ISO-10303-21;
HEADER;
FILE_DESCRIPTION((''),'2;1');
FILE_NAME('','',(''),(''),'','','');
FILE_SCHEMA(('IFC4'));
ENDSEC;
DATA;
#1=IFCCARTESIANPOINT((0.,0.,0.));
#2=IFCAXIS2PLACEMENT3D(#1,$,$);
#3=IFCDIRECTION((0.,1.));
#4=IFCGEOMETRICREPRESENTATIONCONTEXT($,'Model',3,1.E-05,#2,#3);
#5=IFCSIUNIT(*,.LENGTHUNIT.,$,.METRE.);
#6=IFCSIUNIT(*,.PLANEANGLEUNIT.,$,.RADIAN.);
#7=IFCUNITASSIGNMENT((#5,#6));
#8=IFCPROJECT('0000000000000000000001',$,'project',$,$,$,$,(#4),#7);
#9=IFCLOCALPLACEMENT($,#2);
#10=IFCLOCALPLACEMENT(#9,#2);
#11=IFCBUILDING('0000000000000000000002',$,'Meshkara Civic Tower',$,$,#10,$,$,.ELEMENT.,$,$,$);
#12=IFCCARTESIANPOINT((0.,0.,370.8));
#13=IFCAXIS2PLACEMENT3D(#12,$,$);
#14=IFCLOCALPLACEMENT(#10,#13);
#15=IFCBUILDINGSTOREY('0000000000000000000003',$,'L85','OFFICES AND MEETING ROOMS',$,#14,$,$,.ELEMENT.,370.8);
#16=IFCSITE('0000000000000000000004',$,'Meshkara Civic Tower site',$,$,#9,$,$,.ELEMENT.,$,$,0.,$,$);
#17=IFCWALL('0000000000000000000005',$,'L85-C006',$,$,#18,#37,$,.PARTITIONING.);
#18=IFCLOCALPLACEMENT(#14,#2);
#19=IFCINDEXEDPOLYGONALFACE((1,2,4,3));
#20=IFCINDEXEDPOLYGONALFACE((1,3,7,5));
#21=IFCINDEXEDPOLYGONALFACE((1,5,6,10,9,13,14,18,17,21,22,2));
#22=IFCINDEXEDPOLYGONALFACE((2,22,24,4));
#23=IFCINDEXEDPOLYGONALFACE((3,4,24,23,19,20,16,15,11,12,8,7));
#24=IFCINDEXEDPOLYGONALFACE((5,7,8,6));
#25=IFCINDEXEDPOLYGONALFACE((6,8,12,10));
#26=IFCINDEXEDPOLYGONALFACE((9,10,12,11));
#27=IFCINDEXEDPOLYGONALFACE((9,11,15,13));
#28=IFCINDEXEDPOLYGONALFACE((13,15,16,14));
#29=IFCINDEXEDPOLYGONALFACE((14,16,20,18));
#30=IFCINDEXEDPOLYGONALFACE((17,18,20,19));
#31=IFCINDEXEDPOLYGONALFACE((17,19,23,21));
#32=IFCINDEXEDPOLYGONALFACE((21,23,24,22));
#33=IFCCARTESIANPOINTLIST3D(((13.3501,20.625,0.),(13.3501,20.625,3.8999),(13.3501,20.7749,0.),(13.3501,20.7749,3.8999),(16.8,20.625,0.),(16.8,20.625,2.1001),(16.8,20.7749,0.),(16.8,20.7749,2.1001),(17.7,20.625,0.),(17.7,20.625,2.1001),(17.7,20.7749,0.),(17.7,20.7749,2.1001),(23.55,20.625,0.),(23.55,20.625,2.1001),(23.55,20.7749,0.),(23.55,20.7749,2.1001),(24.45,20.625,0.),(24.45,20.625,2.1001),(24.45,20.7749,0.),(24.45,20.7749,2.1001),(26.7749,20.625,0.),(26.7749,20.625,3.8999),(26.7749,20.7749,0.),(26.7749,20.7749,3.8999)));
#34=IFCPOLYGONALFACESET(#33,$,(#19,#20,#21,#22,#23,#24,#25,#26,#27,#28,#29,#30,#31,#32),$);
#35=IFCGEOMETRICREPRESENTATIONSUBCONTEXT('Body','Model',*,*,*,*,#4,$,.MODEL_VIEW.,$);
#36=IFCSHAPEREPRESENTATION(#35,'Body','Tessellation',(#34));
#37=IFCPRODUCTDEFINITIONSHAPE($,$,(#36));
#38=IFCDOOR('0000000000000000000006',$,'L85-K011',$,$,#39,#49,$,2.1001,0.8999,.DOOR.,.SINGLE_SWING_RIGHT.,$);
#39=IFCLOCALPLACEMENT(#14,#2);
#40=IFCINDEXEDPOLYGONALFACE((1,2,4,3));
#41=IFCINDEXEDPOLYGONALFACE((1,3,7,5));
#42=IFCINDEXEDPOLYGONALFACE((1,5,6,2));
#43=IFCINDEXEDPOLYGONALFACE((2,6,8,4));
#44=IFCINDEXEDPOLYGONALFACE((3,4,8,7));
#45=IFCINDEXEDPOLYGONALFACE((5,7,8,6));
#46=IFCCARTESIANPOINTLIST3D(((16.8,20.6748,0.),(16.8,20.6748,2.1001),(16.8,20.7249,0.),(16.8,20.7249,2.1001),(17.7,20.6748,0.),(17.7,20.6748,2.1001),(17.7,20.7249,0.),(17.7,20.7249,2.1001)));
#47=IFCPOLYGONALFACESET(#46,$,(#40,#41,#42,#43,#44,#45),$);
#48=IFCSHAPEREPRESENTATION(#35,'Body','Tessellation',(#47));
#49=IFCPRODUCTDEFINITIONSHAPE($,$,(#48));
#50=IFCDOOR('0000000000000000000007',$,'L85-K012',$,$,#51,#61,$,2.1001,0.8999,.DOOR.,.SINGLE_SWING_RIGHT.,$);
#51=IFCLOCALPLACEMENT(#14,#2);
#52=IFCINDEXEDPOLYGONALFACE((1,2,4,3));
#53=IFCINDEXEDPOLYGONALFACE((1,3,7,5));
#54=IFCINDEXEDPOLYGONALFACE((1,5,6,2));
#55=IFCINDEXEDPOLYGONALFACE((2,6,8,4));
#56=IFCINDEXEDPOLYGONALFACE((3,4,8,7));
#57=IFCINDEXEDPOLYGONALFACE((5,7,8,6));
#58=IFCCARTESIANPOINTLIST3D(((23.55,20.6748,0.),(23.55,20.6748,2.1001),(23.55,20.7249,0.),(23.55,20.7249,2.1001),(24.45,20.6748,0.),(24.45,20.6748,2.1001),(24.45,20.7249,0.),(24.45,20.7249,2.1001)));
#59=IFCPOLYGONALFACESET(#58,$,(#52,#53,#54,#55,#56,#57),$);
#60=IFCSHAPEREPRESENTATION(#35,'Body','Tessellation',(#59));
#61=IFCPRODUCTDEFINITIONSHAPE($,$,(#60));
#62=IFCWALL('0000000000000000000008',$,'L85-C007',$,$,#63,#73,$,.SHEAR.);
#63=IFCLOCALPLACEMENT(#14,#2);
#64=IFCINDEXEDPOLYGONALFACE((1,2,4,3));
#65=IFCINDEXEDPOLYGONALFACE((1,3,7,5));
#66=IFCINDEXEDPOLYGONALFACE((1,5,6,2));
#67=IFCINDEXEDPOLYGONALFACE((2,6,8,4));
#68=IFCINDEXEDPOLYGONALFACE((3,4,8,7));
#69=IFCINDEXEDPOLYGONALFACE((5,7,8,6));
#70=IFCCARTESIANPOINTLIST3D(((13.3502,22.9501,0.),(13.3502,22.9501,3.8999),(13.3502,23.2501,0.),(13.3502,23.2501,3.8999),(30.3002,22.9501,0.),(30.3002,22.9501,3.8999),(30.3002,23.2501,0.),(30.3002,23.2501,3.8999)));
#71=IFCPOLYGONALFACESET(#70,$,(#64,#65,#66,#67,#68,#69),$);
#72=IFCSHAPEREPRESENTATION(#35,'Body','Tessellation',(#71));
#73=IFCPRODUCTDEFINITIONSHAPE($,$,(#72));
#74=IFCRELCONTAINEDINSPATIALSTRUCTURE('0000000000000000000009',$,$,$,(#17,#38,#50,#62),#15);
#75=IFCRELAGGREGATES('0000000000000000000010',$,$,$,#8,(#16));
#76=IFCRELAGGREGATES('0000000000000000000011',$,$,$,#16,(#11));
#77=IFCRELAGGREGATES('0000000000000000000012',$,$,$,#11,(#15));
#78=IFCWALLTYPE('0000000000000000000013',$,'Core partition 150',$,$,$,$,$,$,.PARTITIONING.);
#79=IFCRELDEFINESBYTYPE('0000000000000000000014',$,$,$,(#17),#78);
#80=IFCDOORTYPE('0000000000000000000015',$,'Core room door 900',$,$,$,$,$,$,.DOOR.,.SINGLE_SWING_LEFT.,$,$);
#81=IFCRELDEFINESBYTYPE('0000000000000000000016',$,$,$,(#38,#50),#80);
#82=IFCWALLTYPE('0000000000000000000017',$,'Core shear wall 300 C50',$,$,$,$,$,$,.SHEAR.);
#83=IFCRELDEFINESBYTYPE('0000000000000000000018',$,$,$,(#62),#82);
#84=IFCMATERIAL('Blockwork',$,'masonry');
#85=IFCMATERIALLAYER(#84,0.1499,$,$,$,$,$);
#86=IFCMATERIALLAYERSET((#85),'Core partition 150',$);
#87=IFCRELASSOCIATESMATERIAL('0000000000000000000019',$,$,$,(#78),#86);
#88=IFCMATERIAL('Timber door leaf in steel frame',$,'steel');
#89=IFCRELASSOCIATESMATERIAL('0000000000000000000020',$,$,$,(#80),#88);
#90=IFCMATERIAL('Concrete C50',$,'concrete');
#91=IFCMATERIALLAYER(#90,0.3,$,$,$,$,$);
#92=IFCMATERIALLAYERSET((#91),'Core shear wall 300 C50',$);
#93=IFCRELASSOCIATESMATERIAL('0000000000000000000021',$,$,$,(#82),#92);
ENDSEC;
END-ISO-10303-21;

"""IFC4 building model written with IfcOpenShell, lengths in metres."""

from ifc_helpers import new_model, si_unit, direction, frame, frame_2d, origin, place, context, subcontext, project, spatial, rectangle, extrude, material, layer, layer_set, type_object, element, fill, save


model = new_model("IFC4")

# Units and contexts
model_context = context("Model", 3, precision=1e-05, world=origin(), true_north=direction((0.0, 1.0)))
body_context = subcontext(model_context, "Body", "Model", "MODEL_VIEW")
ifc_project = project(units=[si_unit("LENGTHUNIT", "METRE"), si_unit("PLANEANGLEUNIT", "RADIAN")], contexts=[model_context])

# Site, building, storey
site_placement = place(None, origin())
site = spatial("IfcSite", under=ifc_project, at=site_placement, Name="Meshkara Civic Tower site", CompositionType="ELEMENT", RefElevation=0.0)
building_placement = place(site_placement, origin())
building = spatial("IfcBuilding", under=site, at=building_placement, Name="Meshkara Civic Tower", CompositionType="ELEMENT")
storey_placement = place(building_placement, frame((0.0, 0.0, 370.8)))
storey = spatial("IfcBuildingStorey", under=building, at=storey_placement, Name="L85", Description="OFFICES AND MEETING ROOMS", CompositionType="ELEMENT", Elevation=370.8)

# Wall, openings, doors
ifc_material_1 = material(Name="Blockwork", Category="masonry")
ifc_layer_1 = layer(ifc_material_1, 0.1499)
ifc_layer_set_1 = layer_set([ifc_layer_1], Name="Core partition 150")
wall_type_1 = type_object("IfcWallType", Name="Core partition 150", PredefinedType="PARTITIONING", material=ifc_layer_set_1)
wall_1_placement = place(storey_placement, frame((13.3501, 20.7, 0.0), z_axis=(0.0, 0.0, 1.0), x_axis=(1.0, 0.0, 0.0)))
wall_1 = element("IfcWall", 1, at=wall_1_placement, inside=storey, type_object=wall_type_1, Name="L85-C006", PredefinedType="PARTITIONING", context=body_context, shape_type="SweptSolid", body=[
    extrude(rectangle(XDim=13.4248, YDim=0.1499, at=frame_2d((6.7124, 0.0))), origin(), (0.0, 0.0, 1.0), 3.8999),
])
opening_1_placement = place(wall_1_placement, frame((3.45, 0.0, 0.0)))
opening_1 = element("IfcOpeningElement", 2, at=opening_1_placement, cuts=wall_1, PredefinedType="OPENING", context=body_context, shape_type="SweptSolid", body=[
    extrude(rectangle(XDim=0.8999, YDim=2.1001, at=frame_2d((0.45, 1.05))), frame((0.0, 0.085, 0.0), z_axis=(0.0, -1.0, 0.0), x_axis=(1.0, 0.0, 0.0)), (0.0, 0.0, 1.0), 0.1699),
])
opening_2_placement = place(wall_1_placement, frame((10.2, 0.0, 0.0)))
opening_2 = element("IfcOpeningElement", 3, at=opening_2_placement, cuts=wall_1, PredefinedType="OPENING", context=body_context, shape_type="SweptSolid", body=[
    extrude(rectangle(XDim=0.8999, YDim=2.1001, at=frame_2d((0.45, 1.05))), frame((0.0, 0.085, 0.0), z_axis=(0.0, -1.0, 0.0), x_axis=(1.0, 0.0, 0.0)), (0.0, 0.0, 1.0), 0.1699),
])
ifc_material_2 = material(Name="Timber door leaf in steel frame", Category="steel")
door_type_1 = type_object("IfcDoorType", Name="Core room door 900", OperationType="SINGLE_SWING_LEFT", PredefinedType="DOOR", material=ifc_material_2)
door_1_placement = place(opening_1_placement, origin())
door_1 = element("IfcDoor", 4, at=door_1_placement, inside=storey, type_object=door_type_1, Name="L85-K011", OperationType="SINGLE_SWING_RIGHT", OverallHeight=2.1001, OverallWidth=0.8999, PredefinedType="DOOR", context=body_context, shape_type="SweptSolid", body=[
    extrude(rectangle(XDim=0.8999, YDim=2.1001, at=frame_2d((0.45, 1.05))), frame((0.0, 0.0249, 0.0), z_axis=(0.0, -1.0, 0.0), x_axis=(1.0, 0.0, 0.0)), (0.0, 0.0, 1.0), 0.05),
])
fill(opening_1, door_1)
door_2_placement = place(opening_2_placement, origin())
door_2 = element("IfcDoor", 5, at=door_2_placement, inside=storey, type_object=door_type_1, Name="L85-K012", OperationType="SINGLE_SWING_RIGHT", OverallHeight=2.1001, OverallWidth=0.8999, PredefinedType="DOOR", context=body_context, shape_type="SweptSolid", body=[
    extrude(rectangle(XDim=0.8999, YDim=2.1001, at=frame_2d((0.45, 1.05))), frame((0.0, 0.0249, 0.0), z_axis=(0.0, -1.0, 0.0), x_axis=(1.0, 0.0, 0.0)), (0.0, 0.0, 1.0), 0.05),
])
fill(opening_2, door_2)

# Wall
ifc_material_3 = material(Name="Concrete C50", Category="concrete")
ifc_layer_2 = layer(ifc_material_3, 0.3)
ifc_layer_set_2 = layer_set([ifc_layer_2], Name="Core shear wall 300 C50")
wall_type_2 = type_object("IfcWallType", Name="Core shear wall 300 C50", PredefinedType="SHEAR", material=ifc_layer_set_2)
wall_2_placement = place(storey_placement, frame((13.3501, 23.1001, 0.0), z_axis=(0.0, 0.0, 1.0), x_axis=(1.0, 0.0, 0.0)))
element("IfcWall", 6, at=wall_2_placement, inside=storey, type_object=wall_type_2, Name="L85-C007", PredefinedType="SHEAR", context=body_context, shape_type="SweptSolid", body=[
    extrude(rectangle(XDim=16.95, YDim=0.3, at=frame_2d((8.4751, 0.0))), origin(), (0.0, 0.0, 1.0), 3.8999),
])

save(model, "model.ifc")
